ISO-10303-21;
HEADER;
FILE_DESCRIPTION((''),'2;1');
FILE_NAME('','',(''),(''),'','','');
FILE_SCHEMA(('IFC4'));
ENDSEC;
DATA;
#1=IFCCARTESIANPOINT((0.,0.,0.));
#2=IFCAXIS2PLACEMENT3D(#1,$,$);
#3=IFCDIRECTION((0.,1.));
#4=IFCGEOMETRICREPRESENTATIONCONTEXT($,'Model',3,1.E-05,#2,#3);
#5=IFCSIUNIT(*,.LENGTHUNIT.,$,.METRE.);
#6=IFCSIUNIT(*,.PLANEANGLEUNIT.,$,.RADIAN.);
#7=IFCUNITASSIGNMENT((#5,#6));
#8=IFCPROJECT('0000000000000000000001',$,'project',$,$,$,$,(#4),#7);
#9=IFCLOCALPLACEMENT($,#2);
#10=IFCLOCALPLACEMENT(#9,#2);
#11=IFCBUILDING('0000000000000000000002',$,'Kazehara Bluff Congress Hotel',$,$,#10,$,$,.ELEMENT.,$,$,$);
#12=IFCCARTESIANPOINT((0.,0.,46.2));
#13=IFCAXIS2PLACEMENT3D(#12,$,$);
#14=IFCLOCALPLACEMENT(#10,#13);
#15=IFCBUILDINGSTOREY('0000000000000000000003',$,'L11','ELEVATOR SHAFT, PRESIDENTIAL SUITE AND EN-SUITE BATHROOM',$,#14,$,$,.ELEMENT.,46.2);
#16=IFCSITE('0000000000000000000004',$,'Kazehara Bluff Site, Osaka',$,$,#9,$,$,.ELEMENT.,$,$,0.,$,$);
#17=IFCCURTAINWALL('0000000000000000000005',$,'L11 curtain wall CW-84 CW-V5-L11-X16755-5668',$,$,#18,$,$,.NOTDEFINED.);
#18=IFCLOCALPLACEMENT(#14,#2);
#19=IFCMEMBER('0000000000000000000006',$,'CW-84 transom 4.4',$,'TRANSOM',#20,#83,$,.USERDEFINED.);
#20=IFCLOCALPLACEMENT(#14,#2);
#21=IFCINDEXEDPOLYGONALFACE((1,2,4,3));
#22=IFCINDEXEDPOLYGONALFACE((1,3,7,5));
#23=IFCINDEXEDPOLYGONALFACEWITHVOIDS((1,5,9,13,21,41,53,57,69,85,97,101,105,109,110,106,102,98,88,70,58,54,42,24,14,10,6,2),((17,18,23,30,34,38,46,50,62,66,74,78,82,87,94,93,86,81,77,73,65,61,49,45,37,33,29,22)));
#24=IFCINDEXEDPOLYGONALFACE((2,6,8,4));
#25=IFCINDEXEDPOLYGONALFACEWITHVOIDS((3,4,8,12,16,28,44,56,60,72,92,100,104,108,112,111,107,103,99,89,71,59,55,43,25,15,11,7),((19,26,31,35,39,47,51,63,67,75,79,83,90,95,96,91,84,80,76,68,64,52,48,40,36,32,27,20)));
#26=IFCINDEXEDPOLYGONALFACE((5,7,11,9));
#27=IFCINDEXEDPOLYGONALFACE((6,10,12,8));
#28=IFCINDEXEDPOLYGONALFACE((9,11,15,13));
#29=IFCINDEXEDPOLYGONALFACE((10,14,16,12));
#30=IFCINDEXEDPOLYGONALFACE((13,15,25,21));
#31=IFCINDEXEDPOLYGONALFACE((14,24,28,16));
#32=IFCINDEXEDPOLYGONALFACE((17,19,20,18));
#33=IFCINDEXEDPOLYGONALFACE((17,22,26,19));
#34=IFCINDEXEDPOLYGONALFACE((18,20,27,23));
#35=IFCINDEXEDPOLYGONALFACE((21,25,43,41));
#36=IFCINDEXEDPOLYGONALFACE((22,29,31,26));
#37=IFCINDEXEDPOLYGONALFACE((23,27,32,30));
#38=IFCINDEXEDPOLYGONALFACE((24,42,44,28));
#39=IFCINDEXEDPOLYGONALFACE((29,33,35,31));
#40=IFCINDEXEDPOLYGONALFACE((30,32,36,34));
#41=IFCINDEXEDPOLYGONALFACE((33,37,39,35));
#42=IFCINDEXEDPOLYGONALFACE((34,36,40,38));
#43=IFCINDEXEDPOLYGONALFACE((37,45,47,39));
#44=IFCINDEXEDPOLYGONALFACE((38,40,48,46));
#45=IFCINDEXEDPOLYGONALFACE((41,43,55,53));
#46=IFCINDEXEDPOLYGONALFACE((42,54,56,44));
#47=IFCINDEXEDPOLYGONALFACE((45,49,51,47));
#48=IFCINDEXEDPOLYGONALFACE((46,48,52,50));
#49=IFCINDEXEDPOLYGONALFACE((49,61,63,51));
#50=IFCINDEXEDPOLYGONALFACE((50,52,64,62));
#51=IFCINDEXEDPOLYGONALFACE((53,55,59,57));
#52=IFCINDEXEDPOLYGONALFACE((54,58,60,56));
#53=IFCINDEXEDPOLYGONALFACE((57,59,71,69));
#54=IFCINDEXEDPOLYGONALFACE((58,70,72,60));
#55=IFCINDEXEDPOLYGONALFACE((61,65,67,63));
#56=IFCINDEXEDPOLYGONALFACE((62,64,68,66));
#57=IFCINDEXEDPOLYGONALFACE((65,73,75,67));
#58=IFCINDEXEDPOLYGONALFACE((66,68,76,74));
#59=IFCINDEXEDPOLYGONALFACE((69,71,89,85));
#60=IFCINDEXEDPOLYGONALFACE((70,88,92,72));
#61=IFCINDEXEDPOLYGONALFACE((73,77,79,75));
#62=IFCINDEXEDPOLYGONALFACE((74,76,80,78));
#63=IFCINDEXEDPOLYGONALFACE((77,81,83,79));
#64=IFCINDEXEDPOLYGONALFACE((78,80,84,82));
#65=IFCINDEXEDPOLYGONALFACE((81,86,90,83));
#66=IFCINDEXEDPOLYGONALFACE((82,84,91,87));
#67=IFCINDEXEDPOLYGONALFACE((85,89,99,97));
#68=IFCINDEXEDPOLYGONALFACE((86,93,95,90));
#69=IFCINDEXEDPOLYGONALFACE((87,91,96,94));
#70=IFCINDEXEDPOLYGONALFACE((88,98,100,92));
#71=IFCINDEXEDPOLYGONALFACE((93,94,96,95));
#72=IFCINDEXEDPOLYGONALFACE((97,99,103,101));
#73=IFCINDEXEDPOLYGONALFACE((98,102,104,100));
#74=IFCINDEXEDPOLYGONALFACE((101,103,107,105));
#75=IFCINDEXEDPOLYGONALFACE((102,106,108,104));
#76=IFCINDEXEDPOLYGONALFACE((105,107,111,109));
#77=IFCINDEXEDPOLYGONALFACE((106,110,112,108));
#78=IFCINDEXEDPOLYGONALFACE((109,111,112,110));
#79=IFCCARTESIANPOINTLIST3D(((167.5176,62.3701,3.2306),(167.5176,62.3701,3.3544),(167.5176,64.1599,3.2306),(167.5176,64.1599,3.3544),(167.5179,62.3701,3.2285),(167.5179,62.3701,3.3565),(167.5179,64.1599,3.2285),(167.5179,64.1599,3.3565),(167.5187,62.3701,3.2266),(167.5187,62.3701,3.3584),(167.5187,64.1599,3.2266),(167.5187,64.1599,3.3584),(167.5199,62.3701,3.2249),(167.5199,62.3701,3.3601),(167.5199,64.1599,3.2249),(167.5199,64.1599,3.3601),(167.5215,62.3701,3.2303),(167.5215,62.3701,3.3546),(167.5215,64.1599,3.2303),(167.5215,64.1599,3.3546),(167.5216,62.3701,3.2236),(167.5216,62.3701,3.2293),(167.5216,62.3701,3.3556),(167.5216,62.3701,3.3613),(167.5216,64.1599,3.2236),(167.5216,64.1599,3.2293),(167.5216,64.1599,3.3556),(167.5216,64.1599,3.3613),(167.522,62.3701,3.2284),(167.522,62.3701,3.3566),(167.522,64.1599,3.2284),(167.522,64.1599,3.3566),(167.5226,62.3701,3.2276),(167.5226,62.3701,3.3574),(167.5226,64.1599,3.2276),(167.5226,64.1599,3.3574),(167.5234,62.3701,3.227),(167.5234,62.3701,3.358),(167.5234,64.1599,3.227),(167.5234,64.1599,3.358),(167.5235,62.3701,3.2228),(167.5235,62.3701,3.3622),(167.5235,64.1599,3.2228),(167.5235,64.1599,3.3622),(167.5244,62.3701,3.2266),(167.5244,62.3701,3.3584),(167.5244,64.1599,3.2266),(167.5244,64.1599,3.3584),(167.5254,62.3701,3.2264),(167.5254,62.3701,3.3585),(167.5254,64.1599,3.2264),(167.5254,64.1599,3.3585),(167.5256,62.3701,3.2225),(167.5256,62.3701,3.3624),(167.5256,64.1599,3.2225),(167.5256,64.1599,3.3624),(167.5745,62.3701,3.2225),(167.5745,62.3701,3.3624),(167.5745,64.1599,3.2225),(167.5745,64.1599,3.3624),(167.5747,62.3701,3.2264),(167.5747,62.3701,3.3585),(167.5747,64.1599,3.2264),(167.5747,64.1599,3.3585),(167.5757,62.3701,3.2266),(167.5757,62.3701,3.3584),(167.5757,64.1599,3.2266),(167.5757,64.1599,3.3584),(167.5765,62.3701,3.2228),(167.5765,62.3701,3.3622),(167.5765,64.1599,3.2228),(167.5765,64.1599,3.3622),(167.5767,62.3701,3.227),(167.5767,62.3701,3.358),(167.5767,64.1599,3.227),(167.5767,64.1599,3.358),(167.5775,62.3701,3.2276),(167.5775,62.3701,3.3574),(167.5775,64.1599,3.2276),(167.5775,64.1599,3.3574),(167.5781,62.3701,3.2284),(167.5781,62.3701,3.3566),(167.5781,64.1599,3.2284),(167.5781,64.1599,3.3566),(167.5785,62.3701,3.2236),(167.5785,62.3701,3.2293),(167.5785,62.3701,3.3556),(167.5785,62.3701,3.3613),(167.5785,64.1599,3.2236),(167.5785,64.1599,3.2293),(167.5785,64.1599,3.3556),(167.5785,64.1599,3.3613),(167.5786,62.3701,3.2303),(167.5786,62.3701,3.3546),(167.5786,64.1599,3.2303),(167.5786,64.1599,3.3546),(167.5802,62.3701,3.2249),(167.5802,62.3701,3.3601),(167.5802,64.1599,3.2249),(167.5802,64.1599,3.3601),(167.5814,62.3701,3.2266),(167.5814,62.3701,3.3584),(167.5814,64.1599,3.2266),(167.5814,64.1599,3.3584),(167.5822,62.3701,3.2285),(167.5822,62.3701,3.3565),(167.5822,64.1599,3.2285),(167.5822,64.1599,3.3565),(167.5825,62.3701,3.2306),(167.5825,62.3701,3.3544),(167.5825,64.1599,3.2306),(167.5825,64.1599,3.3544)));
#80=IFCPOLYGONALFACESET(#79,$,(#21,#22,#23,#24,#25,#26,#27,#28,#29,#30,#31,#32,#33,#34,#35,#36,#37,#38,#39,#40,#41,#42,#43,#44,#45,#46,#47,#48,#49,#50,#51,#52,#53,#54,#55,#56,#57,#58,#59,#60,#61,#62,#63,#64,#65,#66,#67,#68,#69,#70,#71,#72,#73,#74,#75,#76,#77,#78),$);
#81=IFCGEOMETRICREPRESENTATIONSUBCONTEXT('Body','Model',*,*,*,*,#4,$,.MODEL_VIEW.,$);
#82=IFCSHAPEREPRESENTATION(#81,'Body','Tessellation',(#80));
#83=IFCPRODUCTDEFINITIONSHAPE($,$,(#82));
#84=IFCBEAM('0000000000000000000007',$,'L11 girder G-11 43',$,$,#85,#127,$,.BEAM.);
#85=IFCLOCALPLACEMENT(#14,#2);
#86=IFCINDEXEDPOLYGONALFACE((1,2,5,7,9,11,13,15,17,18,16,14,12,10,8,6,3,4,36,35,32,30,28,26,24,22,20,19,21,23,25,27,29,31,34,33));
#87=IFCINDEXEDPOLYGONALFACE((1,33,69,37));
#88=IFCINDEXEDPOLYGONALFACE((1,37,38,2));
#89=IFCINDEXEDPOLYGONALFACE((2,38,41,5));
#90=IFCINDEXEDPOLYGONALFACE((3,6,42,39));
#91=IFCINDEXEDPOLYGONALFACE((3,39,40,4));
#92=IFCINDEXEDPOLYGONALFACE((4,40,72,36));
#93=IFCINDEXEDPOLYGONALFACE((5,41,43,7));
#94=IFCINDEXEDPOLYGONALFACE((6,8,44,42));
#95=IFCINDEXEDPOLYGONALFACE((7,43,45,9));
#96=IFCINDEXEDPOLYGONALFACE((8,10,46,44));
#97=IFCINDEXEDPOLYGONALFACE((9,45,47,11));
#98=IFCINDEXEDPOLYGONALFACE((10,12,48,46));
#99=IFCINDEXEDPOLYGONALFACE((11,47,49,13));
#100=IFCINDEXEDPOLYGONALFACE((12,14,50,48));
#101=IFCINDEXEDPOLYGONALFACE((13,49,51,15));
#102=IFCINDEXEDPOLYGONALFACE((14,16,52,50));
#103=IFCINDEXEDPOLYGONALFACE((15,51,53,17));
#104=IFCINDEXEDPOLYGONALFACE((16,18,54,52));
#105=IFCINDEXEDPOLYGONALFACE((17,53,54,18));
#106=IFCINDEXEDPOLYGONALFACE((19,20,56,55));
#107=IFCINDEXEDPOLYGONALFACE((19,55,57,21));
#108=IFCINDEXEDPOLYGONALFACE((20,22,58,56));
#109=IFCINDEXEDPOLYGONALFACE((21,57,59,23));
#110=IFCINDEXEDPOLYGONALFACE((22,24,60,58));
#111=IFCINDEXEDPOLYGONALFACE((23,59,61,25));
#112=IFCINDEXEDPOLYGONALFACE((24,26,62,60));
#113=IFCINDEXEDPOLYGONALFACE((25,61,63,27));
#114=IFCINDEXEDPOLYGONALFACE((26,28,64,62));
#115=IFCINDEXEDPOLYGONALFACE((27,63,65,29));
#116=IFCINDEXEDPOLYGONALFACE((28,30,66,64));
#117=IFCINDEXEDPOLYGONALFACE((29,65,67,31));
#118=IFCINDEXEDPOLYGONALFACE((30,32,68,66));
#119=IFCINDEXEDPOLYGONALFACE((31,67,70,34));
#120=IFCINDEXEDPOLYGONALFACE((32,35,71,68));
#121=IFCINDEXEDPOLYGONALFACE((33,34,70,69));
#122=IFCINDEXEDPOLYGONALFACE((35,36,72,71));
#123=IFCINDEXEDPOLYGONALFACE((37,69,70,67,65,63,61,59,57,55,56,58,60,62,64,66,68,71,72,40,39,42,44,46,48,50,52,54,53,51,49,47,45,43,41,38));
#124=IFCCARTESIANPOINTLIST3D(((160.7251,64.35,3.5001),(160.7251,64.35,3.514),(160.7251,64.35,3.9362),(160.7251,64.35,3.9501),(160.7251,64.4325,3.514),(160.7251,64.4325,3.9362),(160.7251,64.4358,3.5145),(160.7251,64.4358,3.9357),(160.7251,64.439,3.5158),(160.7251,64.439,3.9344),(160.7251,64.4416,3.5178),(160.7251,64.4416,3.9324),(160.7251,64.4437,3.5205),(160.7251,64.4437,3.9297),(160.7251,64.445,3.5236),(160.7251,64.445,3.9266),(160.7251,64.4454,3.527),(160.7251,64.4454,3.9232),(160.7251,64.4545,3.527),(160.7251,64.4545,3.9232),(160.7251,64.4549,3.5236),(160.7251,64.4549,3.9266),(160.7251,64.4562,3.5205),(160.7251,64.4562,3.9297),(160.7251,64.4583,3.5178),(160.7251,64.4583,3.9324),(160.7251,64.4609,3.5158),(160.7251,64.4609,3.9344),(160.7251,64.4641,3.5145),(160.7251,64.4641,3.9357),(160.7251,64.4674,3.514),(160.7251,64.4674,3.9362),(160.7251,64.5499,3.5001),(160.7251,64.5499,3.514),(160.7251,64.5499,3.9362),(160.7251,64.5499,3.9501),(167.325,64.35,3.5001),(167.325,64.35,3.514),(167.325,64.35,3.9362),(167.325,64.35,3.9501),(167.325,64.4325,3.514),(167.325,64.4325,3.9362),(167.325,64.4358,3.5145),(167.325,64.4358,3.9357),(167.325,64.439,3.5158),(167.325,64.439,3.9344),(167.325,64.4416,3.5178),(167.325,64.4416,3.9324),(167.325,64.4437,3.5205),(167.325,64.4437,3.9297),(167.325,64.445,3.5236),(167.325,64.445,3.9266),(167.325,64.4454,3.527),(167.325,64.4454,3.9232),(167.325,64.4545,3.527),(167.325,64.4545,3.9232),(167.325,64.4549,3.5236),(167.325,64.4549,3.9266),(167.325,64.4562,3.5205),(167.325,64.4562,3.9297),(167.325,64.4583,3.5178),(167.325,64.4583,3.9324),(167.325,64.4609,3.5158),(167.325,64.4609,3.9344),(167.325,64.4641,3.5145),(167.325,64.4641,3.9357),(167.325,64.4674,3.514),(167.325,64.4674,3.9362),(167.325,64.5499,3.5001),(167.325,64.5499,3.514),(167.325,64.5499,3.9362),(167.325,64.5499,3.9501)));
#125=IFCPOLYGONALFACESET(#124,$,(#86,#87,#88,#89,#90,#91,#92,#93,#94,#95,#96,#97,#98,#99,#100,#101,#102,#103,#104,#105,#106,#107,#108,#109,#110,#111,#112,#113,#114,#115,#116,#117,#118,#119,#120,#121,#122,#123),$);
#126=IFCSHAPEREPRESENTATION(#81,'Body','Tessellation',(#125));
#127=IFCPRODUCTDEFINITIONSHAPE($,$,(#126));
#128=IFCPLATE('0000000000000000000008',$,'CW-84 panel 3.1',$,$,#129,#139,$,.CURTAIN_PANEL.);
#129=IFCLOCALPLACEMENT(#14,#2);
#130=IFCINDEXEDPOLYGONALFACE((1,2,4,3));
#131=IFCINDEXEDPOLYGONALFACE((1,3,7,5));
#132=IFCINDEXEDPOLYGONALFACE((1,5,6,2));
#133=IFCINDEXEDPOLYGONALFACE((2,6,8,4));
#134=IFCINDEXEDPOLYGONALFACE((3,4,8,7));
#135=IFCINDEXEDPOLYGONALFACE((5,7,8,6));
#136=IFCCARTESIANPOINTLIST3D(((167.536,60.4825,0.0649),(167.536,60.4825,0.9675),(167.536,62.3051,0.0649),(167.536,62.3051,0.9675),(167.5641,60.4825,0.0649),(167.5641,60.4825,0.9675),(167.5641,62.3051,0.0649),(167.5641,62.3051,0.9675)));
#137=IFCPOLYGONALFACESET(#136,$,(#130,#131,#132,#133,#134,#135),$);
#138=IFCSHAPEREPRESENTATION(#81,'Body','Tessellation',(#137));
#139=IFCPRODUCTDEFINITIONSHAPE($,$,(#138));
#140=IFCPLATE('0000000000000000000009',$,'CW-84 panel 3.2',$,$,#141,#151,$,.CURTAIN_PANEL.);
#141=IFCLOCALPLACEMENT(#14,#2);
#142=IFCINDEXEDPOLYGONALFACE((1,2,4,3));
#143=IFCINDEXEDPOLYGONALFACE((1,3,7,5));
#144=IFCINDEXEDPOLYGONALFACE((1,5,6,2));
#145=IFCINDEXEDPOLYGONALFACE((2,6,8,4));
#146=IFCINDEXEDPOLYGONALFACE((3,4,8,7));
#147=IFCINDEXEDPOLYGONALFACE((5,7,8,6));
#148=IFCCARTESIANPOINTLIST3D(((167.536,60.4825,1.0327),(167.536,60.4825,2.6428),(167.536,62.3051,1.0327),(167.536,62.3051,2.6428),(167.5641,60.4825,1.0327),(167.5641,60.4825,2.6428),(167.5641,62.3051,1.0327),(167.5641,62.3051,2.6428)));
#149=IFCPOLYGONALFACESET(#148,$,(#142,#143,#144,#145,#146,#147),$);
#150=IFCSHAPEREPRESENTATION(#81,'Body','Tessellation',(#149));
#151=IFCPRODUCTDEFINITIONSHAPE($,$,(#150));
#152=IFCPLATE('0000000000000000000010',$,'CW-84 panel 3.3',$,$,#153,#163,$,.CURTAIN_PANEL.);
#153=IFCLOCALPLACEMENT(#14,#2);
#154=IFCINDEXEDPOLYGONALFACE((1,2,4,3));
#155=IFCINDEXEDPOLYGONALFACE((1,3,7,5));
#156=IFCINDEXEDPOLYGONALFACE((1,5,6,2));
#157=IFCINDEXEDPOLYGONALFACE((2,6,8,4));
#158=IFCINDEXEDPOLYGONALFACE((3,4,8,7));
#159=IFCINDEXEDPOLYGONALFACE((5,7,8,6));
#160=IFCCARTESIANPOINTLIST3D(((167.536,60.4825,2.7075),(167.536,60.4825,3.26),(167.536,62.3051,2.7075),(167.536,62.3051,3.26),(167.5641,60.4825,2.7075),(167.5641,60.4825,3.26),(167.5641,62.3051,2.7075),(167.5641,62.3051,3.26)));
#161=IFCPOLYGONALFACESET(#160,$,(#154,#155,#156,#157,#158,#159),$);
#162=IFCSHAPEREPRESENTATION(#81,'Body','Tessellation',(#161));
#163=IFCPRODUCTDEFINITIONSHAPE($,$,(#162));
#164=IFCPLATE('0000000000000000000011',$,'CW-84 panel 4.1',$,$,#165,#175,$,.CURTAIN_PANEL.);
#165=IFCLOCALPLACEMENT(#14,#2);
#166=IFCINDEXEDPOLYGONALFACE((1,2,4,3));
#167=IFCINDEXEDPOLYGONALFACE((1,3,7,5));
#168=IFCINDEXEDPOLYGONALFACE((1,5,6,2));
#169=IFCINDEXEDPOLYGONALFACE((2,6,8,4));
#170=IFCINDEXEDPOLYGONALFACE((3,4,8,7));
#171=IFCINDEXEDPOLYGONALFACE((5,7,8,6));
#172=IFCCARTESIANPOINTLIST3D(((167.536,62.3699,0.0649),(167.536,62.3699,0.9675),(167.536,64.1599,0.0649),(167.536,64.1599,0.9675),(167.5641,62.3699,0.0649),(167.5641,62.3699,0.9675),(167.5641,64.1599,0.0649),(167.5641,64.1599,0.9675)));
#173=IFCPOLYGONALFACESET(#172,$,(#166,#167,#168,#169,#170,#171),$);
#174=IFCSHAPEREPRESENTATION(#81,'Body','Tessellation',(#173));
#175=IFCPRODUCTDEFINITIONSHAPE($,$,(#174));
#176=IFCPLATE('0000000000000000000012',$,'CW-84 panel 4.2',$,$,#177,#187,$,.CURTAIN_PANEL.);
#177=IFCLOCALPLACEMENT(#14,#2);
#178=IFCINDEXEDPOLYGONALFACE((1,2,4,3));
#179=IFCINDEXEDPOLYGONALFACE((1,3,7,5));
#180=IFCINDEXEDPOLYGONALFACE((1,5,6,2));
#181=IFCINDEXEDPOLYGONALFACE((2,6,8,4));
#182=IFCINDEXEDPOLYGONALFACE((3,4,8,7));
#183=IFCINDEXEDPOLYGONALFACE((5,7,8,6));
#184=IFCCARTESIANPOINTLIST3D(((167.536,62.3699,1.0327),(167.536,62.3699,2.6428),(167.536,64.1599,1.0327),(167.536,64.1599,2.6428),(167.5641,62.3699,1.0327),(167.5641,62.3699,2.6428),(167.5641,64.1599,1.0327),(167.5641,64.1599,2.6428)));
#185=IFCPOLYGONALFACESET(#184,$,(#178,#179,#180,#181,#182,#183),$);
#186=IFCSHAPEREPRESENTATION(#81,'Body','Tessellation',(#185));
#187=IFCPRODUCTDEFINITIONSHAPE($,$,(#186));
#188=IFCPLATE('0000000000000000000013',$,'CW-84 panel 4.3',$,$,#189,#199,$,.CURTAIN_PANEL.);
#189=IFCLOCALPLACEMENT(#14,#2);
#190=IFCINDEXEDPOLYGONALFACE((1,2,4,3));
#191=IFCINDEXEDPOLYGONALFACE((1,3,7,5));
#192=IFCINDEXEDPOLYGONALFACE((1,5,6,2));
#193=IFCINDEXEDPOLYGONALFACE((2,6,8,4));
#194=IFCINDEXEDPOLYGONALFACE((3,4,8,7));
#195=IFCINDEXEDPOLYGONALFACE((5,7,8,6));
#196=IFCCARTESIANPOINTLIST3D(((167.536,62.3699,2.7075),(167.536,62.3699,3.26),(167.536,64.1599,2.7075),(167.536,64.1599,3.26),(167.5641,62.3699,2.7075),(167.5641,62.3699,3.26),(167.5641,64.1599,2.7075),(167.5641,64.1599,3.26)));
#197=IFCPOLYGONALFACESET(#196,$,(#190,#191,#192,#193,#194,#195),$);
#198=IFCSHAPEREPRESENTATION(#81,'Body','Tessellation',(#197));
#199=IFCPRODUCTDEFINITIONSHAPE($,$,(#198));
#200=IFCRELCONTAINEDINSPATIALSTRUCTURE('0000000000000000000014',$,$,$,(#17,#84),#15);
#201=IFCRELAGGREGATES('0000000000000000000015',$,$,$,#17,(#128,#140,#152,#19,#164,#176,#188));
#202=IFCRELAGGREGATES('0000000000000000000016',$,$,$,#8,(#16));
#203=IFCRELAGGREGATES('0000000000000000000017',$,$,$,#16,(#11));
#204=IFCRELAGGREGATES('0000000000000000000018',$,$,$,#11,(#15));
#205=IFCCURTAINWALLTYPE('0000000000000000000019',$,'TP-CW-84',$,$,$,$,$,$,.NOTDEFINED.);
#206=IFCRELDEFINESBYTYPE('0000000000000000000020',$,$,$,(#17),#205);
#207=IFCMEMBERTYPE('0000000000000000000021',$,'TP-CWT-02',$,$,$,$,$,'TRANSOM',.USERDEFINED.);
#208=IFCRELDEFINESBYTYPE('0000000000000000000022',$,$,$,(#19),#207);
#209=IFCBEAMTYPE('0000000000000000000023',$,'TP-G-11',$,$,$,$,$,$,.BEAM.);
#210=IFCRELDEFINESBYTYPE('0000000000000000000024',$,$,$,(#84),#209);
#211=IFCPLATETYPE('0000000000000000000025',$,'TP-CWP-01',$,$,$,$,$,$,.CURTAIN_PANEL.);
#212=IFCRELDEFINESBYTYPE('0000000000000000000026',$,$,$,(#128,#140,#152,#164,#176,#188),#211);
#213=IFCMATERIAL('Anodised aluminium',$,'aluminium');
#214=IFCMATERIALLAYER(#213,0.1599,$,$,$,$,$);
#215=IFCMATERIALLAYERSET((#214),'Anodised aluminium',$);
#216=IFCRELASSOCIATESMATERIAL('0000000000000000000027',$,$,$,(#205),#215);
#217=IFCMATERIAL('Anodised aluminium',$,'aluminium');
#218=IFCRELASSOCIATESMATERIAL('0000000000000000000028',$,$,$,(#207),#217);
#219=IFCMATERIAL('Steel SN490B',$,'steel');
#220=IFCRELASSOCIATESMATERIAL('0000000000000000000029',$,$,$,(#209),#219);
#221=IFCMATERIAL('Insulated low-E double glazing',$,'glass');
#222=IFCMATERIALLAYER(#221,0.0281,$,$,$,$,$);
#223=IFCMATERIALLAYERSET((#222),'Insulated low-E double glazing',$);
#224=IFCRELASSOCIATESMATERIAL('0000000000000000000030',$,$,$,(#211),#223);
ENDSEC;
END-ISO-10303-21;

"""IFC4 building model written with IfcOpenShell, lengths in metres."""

from ifc_helpers import new_model, si_unit, direction, frame, origin, origin_2d, place, context, subcontext, project, spatial, rectangle, hollow_rectangle, i_section, extrude, material, layer, layer_set, material_profile, profile_set, type_object, element, aggregate, save


model = new_model("IFC4")

# Units and contexts
model_context = context("Model", 3, precision=1e-05, world=origin(), true_north=direction((0.0, 1.0)))
body_context = subcontext(model_context, "Body", "Model", "MODEL_VIEW")
ifc_project = project(units=[si_unit("LENGTHUNIT", "METRE"), si_unit("PLANEANGLEUNIT", "RADIAN")], contexts=[model_context])

# Site, building, storey
site_placement = place(None, origin())
site = spatial("IfcSite", under=ifc_project, at=site_placement, Name="Kazehara Bluff Site, Osaka", CompositionType="ELEMENT", RefElevation=0.0)
building_placement = place(site_placement, origin())
building = spatial("IfcBuilding", under=site, at=building_placement, Name="Kazehara Bluff Congress Hotel", CompositionType="ELEMENT")
storey_placement = place(building_placement, frame((0.0, 0.0, 46.2)))
storey = spatial("IfcBuildingStorey", under=building, at=storey_placement, Name="L11", Description="ELEVATOR SHAFT, PRESIDENTIAL SUITE AND EN-SUITE BATHROOM", CompositionType="ELEMENT", Elevation=46.2)

# Curtain wall, member
ifc_material_1 = material(Name="Anodised aluminium", Category="aluminium")
ifc_layer_1 = layer(ifc_material_1, 0.1599)
ifc_layer_set_1 = layer_set([ifc_layer_1], Name="Anodised aluminium")
curtain_wall_type_1 = type_object("IfcCurtainWallType", Name="TP-CW-84", PredefinedType="NOTDEFINED", material=ifc_layer_set_1)
curtain_wall_1_placement = place(storey_placement, origin())
curtain_wall_1 = element("IfcCurtainWall", 1, at=curtain_wall_1_placement, inside=storey, type_object=curtain_wall_type_1, Name="L11 curtain wall CW-84 CW-V5-L11-X16755-5668", PredefinedType="NOTDEFINED")
ifc_material_2 = material(Name="Anodised aluminium", Category="aluminium")
ifc_material_profile_1 = material_profile(ifc_material_2, hollow_rectangle(XDim=0.0649, YDim=0.1399, WallThickness=0.0039, InnerFilletRadius=0.0039, OuterFilletRadius=0.0081, at=origin_2d()))
ifc_profile_set_1 = profile_set([ifc_material_profile_1], Name="Anodised aluminium")
member_type_1 = type_object("IfcMemberType", Name="TP-CWT-02", ElementType="TRANSOM", PredefinedType="USERDEFINED", material=ifc_profile_set_1)
member_1_placement = place(storey_placement, frame((167.55, 62.3701, 3.2925), z_axis=(0.0, 1.0, 0.0), x_axis=(-1.0, 0.0, 0.0)))
member_1 = element("IfcMember", 2, at=member_1_placement, type_object=member_type_1, Name="CW-84 transom 4.4", ObjectType="TRANSOM", PredefinedType="USERDEFINED", context=body_context, shape_type="SweptSolid", body=[
    extrude(hollow_rectangle(XDim=0.0649, YDim=0.1399, WallThickness=0.0039, InnerFilletRadius=0.0039, OuterFilletRadius=0.0081, at=origin_2d()), origin(), (0.0, 0.0, 1.0), 1.7898),
])

# Beam
ifc_material_3 = material(Name="Steel SN490B", Category="steel")
ifc_material_profile_2 = material_profile(ifc_material_3, i_section(OverallWidth=0.2, OverallDepth=0.45, WebThickness=0.009, FlangeThickness=0.0139, FilletRadius=0.0129, at=origin_2d()))
ifc_profile_set_2 = profile_set([ifc_material_profile_2], Name="Steel SN490B")
beam_type = type_object("IfcBeamType", Name="TP-G-11", PredefinedType="BEAM", material=ifc_profile_set_2)
beam_placement = place(storey_placement, frame((160.7251, 64.45, 3.7251), z_axis=(1.0, 0.0, 0.0), x_axis=(0.0, 1.0, 0.0)))
element("IfcBeam", 3, at=beam_placement, inside=storey, type_object=beam_type, Name="L11 girder G-11 43", PredefinedType="BEAM", context=body_context, shape_type="SweptSolid", body=[
    extrude(i_section(OverallWidth=0.2, OverallDepth=0.45, WebThickness=0.009, FlangeThickness=0.0139, FilletRadius=0.0129, at=origin_2d()), origin(), (0.0, 0.0, 1.0), 6.5999),
])

# Plates
ifc_material_4 = material(Name="Insulated low-E double glazing", Category="glass")
ifc_layer_2 = layer(ifc_material_4, 0.0281)
ifc_layer_set_2 = layer_set([ifc_layer_2], Name="Insulated low-E double glazing")
plate_type = type_object("IfcPlateType", Name="TP-CWP-01", PredefinedType="CURTAIN_PANEL", material=ifc_layer_set_2)
plate_1_placement = place(storey_placement, frame((167.55, 61.3938, 0.0649), z_axis=(0.0, 0.0, 1.0), x_axis=(0.0, 1.0, 0.0)))
plate_1 = element("IfcPlate", 4, at=plate_1_placement, type_object=plate_type, Name="CW-84 panel 3.1", PredefinedType="CURTAIN_PANEL", context=body_context, shape_type="SweptSolid", body=[
    extrude(rectangle(XDim=1.8225, YDim=0.0281, at=origin_2d()), origin(), (0.0, 0.0, 1.0), 0.9026),
])
plate_2_placement = place(storey_placement, frame((167.55, 61.3938, 1.0327), z_axis=(0.0, 0.0, 1.0), x_axis=(0.0, 1.0, 0.0)))
plate_2 = element("IfcPlate", 5, at=plate_2_placement, type_object=plate_type, Name="CW-84 panel 3.2", PredefinedType="CURTAIN_PANEL", context=body_context, shape_type="SweptSolid", body=[
    extrude(rectangle(XDim=1.8225, YDim=0.0281, at=origin_2d()), origin(), (0.0, 0.0, 1.0), 1.6101),
])
plate_3_placement = place(storey_placement, frame((167.55, 61.3938, 2.7075), z_axis=(0.0, 0.0, 1.0), x_axis=(0.0, 1.0, 0.0)))
plate_3 = element("IfcPlate", 6, at=plate_3_placement, type_object=plate_type, Name="CW-84 panel 3.3", PredefinedType="CURTAIN_PANEL", context=body_context, shape_type="SweptSolid", body=[
    extrude(rectangle(XDim=1.8225, YDim=0.0281, at=origin_2d()), origin(), (0.0, 0.0, 1.0), 0.5525),
])
plate_4_placement = place(storey_placement, frame((167.55, 63.2649, 0.0649), z_axis=(0.0, 0.0, 1.0), x_axis=(0.0, 1.0, 0.0)))
plate_4 = element("IfcPlate", 7, at=plate_4_placement, type_object=plate_type, Name="CW-84 panel 4.1", PredefinedType="CURTAIN_PANEL", context=body_context, shape_type="SweptSolid", body=[
    extrude(rectangle(XDim=1.79, YDim=0.0281, at=origin_2d()), origin(), (0.0, 0.0, 1.0), 0.9026),
])
plate_5_placement = place(storey_placement, frame((167.55, 63.2649, 1.0327), z_axis=(0.0, 0.0, 1.0), x_axis=(0.0, 1.0, 0.0)))
plate_5 = element("IfcPlate", 8, at=plate_5_placement, type_object=plate_type, Name="CW-84 panel 4.2", PredefinedType="CURTAIN_PANEL", context=body_context, shape_type="SweptSolid", body=[
    extrude(rectangle(XDim=1.79, YDim=0.0281, at=origin_2d()), origin(), (0.0, 0.0, 1.0), 1.6101),
])
plate_6_placement = place(storey_placement, frame((167.55, 63.2649, 2.7075), z_axis=(0.0, 0.0, 1.0), x_axis=(0.0, 1.0, 0.0)))
plate_6 = element("IfcPlate", 9, at=plate_6_placement, type_object=plate_type, Name="CW-84 panel 4.3", PredefinedType="CURTAIN_PANEL", context=body_context, shape_type="SweptSolid", body=[
    extrude(rectangle(XDim=1.79, YDim=0.0281, at=origin_2d()), origin(), (0.0, 0.0, 1.0), 0.5525),
])
aggregate(curtain_wall_1, [plate_1, plate_2, plate_3, member_1, plate_4, plate_5, plate_6])

save(model, "model.ifc")
